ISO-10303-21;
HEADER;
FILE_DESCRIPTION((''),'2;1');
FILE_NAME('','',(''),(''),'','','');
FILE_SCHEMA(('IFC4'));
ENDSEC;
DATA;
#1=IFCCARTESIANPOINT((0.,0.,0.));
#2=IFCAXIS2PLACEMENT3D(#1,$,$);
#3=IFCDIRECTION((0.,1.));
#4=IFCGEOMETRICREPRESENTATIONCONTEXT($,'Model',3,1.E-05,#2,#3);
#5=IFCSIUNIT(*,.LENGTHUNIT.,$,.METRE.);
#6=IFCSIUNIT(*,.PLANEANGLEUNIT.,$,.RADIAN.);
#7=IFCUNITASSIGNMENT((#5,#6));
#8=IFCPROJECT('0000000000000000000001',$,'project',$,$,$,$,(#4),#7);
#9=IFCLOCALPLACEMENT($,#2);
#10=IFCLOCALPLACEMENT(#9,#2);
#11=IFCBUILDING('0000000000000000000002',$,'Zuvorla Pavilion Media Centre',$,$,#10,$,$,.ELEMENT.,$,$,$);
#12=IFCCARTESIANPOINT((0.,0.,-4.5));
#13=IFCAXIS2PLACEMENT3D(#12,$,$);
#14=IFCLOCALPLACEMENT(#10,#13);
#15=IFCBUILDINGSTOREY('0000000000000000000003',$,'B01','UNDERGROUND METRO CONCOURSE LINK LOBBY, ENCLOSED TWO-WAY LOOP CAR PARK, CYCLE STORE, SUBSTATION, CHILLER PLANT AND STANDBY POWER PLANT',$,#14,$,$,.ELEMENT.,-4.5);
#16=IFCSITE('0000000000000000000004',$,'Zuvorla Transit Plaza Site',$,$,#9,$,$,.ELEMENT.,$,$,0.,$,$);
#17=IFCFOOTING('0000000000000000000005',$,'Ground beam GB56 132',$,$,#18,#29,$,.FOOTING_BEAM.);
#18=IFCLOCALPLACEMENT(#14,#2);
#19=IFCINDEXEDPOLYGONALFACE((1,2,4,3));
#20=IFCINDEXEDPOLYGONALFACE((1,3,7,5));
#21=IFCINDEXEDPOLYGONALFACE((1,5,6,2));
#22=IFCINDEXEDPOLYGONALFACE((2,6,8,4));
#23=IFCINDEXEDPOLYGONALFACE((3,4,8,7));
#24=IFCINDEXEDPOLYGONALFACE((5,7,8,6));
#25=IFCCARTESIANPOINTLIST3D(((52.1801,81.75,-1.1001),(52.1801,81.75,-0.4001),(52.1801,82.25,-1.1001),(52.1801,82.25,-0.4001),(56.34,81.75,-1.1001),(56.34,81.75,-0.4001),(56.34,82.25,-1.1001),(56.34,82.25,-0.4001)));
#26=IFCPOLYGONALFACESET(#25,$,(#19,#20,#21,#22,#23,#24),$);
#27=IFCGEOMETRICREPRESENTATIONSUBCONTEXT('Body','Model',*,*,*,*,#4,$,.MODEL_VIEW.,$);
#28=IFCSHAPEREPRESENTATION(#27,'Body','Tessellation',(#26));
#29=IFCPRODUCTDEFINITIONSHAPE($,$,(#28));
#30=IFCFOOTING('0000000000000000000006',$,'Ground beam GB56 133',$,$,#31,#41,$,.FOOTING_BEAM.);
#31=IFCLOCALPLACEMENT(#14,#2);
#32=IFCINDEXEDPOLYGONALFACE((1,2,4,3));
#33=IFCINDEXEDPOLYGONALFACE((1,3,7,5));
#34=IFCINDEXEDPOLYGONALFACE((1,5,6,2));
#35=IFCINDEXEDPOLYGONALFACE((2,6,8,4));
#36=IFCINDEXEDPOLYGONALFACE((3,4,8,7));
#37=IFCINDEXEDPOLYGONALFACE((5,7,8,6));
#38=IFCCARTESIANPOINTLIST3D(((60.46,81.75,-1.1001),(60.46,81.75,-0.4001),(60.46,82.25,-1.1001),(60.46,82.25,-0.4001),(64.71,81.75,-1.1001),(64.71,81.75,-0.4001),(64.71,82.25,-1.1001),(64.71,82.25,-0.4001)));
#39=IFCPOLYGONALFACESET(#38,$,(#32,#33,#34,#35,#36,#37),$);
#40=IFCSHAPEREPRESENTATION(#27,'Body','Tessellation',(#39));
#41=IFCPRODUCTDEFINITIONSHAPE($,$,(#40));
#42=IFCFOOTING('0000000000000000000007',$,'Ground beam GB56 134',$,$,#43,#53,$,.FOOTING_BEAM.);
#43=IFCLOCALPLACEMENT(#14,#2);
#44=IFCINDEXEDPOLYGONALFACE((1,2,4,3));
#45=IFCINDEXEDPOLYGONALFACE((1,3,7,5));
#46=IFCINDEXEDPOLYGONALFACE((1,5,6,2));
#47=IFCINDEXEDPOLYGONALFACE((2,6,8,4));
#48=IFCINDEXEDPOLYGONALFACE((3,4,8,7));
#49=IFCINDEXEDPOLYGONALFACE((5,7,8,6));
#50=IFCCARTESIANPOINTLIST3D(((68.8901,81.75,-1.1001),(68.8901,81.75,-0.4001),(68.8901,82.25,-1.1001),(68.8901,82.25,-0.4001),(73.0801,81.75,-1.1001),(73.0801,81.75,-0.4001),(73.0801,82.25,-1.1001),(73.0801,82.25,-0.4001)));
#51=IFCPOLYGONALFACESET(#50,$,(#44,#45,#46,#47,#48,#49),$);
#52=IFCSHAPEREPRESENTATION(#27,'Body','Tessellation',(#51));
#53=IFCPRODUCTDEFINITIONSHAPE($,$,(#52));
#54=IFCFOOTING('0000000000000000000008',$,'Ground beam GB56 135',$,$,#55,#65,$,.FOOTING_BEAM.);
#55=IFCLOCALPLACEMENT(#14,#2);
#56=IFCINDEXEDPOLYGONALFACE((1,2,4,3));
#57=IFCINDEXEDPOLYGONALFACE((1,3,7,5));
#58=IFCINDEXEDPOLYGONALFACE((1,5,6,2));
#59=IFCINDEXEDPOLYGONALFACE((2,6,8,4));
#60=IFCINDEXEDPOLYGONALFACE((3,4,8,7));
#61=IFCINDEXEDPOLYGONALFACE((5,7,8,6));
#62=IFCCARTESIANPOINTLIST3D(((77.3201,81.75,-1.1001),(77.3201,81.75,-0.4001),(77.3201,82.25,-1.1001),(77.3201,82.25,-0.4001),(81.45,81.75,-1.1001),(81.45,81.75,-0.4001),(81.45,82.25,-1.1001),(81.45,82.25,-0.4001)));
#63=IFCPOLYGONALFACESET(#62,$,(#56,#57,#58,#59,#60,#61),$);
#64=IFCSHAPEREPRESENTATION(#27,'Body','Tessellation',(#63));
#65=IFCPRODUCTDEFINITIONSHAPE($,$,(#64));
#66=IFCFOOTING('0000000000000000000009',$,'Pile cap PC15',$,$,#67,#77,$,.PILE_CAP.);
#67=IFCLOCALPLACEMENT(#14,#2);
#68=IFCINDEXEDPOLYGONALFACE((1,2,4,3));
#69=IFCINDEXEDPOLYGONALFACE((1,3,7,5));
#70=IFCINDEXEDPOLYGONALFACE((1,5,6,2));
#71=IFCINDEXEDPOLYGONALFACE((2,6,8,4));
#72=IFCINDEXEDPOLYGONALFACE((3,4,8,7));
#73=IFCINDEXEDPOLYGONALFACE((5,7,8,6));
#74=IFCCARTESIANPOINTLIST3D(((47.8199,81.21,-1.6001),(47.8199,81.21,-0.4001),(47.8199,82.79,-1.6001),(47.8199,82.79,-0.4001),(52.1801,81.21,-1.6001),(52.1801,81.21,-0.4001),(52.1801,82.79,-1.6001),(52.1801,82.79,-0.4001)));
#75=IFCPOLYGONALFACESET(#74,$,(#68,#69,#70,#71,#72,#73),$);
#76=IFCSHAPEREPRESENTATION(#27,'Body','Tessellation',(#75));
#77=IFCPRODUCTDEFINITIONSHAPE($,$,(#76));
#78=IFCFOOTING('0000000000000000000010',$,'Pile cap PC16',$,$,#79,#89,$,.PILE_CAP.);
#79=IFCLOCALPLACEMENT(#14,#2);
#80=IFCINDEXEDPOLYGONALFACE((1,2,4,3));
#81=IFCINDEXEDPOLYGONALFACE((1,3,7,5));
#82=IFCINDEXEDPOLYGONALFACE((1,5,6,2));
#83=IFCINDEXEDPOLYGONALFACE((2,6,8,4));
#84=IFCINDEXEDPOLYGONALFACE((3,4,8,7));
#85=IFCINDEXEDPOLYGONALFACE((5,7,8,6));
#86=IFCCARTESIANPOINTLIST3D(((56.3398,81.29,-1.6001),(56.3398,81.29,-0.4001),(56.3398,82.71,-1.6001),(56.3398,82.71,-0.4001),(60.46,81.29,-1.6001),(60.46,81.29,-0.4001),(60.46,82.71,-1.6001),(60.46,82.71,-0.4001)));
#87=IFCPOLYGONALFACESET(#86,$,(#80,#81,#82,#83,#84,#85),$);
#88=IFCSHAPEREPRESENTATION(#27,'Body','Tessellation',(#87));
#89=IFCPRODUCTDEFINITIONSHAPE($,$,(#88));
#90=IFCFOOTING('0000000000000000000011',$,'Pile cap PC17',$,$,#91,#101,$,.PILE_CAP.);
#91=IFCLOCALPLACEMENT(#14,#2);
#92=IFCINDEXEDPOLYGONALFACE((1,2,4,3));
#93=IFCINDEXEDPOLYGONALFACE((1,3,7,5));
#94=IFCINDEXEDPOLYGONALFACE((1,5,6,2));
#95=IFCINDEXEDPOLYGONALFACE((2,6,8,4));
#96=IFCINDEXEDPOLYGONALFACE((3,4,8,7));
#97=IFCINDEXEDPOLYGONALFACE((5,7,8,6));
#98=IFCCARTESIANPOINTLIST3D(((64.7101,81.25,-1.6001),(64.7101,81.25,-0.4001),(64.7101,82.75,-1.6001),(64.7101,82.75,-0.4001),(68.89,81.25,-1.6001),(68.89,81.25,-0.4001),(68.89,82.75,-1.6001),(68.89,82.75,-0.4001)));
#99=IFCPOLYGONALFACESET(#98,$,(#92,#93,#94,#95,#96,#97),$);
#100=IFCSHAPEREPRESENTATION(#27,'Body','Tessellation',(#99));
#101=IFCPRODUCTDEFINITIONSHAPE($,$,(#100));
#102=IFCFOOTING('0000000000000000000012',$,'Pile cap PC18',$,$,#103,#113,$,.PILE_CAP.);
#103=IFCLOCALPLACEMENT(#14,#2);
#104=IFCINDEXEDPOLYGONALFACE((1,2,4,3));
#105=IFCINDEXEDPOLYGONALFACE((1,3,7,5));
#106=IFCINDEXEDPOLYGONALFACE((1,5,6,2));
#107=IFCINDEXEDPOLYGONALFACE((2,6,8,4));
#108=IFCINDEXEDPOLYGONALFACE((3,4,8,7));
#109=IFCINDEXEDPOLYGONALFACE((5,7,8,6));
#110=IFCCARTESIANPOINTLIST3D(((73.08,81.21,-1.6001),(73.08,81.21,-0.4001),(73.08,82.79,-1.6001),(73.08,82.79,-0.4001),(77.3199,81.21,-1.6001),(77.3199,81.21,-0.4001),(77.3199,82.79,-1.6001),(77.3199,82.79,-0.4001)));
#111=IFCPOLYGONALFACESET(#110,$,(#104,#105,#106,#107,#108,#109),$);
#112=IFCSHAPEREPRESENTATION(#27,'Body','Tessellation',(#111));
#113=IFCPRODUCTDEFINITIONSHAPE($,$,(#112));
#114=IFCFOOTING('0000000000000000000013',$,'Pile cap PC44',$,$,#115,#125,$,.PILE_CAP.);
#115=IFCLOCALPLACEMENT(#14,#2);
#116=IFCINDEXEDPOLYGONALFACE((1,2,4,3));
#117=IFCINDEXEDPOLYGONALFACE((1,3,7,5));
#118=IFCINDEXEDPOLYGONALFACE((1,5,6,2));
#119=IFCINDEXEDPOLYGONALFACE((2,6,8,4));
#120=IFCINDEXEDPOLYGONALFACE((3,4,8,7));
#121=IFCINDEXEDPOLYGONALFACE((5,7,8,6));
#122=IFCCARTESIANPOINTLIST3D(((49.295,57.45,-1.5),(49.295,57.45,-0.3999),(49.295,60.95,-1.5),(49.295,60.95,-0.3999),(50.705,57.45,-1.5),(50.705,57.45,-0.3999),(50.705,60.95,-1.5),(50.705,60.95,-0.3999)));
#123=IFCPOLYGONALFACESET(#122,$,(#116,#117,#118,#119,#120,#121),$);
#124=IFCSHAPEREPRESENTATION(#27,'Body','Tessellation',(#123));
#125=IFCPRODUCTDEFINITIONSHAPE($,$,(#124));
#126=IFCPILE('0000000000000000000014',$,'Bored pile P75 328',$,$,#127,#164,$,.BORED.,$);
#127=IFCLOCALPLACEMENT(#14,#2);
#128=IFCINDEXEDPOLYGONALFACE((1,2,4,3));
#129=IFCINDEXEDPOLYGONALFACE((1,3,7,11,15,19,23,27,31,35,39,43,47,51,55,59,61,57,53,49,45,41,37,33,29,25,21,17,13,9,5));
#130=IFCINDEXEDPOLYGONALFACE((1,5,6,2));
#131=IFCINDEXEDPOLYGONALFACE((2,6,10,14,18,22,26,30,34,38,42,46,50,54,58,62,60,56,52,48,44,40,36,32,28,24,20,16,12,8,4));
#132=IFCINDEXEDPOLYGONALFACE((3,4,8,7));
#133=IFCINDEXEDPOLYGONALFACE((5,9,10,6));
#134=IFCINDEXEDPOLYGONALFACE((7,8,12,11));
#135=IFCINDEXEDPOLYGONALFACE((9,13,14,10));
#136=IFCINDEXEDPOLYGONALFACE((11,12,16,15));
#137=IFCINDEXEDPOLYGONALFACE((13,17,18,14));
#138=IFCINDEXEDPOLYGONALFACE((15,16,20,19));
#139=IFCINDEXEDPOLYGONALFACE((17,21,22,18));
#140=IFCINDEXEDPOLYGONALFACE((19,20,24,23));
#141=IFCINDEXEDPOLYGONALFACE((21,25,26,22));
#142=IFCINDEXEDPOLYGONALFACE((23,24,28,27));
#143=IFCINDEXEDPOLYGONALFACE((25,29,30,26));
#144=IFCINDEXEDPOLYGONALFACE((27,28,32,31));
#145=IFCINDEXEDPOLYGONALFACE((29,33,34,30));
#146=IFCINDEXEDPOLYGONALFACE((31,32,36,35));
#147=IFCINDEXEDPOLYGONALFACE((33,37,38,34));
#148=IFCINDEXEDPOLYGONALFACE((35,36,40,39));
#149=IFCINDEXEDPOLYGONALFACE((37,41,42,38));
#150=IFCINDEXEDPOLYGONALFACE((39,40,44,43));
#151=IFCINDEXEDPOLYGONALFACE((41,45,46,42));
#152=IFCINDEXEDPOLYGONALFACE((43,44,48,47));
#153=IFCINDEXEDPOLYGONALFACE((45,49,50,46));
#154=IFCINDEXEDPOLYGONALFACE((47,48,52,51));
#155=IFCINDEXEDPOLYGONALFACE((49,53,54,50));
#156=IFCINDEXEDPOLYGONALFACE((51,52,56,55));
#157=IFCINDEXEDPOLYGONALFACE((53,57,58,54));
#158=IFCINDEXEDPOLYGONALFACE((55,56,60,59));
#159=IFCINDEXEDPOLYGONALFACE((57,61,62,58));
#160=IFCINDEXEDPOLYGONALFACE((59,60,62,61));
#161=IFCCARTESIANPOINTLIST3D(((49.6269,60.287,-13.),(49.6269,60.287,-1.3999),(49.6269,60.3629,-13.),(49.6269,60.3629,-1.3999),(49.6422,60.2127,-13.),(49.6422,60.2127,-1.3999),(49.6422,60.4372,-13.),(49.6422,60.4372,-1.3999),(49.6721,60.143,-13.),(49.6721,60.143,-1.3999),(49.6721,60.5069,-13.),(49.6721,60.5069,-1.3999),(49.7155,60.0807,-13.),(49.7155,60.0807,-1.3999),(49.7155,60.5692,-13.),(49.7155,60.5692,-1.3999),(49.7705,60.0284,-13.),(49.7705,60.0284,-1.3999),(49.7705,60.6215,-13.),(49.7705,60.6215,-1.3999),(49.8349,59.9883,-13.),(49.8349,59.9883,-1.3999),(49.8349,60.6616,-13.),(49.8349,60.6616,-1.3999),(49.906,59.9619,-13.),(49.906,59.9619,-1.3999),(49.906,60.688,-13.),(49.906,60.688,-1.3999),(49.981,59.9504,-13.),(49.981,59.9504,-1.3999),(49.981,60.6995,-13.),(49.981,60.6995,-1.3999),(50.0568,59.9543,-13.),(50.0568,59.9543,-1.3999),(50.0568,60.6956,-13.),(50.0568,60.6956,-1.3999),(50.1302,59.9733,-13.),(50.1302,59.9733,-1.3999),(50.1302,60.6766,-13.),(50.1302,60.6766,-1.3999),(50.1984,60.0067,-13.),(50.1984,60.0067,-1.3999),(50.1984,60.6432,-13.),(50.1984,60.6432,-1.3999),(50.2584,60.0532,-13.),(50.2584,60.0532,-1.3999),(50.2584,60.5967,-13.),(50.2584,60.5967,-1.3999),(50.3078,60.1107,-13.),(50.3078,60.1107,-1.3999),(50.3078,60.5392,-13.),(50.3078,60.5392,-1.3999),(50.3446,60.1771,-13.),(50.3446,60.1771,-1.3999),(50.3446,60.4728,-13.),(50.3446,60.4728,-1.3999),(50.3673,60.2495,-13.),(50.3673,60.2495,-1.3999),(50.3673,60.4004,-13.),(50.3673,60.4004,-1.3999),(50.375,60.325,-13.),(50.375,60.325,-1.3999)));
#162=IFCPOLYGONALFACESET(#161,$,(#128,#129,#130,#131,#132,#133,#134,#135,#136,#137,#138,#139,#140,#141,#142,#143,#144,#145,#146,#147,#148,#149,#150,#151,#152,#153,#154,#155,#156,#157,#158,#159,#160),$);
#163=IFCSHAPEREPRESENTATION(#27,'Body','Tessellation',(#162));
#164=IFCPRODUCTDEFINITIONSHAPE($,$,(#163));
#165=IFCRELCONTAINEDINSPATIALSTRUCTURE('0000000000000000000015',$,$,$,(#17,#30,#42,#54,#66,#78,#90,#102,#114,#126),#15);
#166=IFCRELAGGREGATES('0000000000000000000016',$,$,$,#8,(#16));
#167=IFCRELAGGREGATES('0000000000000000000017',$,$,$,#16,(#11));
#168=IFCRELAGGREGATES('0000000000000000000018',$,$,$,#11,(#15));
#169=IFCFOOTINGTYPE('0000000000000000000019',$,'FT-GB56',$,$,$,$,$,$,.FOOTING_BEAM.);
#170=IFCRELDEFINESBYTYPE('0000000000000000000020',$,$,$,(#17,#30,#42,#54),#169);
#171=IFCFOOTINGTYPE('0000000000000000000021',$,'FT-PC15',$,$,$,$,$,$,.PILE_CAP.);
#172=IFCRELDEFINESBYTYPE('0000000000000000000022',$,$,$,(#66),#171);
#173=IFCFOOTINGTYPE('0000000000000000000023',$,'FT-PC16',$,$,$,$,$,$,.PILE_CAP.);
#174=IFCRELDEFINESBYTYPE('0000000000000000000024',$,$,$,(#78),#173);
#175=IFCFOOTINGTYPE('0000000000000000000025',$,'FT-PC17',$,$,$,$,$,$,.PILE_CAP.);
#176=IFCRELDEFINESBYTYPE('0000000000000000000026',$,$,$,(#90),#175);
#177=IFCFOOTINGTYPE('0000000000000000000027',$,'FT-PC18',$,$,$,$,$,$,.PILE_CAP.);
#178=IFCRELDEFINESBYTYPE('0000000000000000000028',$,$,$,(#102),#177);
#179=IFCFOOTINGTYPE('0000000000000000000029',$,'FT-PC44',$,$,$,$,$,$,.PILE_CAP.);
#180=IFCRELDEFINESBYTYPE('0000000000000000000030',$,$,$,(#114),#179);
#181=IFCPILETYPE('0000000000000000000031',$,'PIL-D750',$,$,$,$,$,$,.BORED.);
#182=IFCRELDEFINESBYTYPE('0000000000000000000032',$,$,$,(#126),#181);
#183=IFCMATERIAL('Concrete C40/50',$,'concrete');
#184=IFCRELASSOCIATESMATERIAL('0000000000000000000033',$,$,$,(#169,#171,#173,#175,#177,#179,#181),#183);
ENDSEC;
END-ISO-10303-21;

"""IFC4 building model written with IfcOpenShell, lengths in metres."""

from ifc_helpers import new_model, si_unit, direction, frame, origin, origin_2d, place, context, subcontext, project, spatial, rectangle, circle, extrude, material, material_profile, profile_set, type_object, element, save


model = new_model("IFC4")

# Units and contexts
model_context = context("Model", 3, precision=1e-05, world=origin(), true_north=direction((0.0, 1.0)))
body_context = subcontext(model_context, "Body", "Model", "MODEL_VIEW")
ifc_project = project(units=[si_unit("LENGTHUNIT", "METRE"), si_unit("PLANEANGLEUNIT", "RADIAN")], contexts=[model_context])

# Site, building, storey
site_placement = place(None, origin())
site = spatial("IfcSite", under=ifc_project, at=site_placement, Name="Zuvorla Transit Plaza Site", CompositionType="ELEMENT", RefElevation=0.0)
building_placement = place(site_placement, origin())
building = spatial("IfcBuilding", under=site, at=building_placement, Name="Zuvorla Pavilion Media Centre", CompositionType="ELEMENT")
storey_placement = place(building_placement, frame((0.0, 0.0, -4.5)))
storey = spatial("IfcBuildingStorey", under=building, at=storey_placement, Name="B01", Description="UNDERGROUND METRO CONCOURSE LINK LOBBY, ENCLOSED TWO-WAY LOOP CAR PARK, CYCLE STORE, SUBSTATION, CHILLER PLANT AND STANDBY POWER PLANT", CompositionType="ELEMENT", Elevation=-4.5)

# Footings
ifc_material = material(Name="Concrete C40/50", Category="concrete")
footing_type_1 = type_object("IfcFootingType", Name="FT-GB56", PredefinedType="FOOTING_BEAM", material=ifc_material)
footing_1_placement = place(storey_placement, frame((54.26, 82.0, -1.1001), z_axis=(0.0, 0.0, 1.0), x_axis=(1.0, 0.0, 0.0)))
element("IfcFooting", 1, at=footing_1_placement, inside=storey, type_object=footing_type_1, Name="Ground beam GB56 132", PredefinedType="FOOTING_BEAM", context=body_context, shape_type="SweptSolid", body=[
    extrude(rectangle(XDim=4.1599, YDim=0.5, at=origin_2d()), origin(), (0.0, 0.0, 1.0), 0.7),
])
footing_2_placement = place(storey_placement, frame((62.585, 82.0, -1.1001), z_axis=(0.0, 0.0, 1.0), x_axis=(1.0, 0.0, 0.0)))
element("IfcFooting", 2, at=footing_2_placement, inside=storey, type_object=footing_type_1, Name="Ground beam GB56 133", PredefinedType="FOOTING_BEAM", context=body_context, shape_type="SweptSolid", body=[
    extrude(rectangle(XDim=4.25, YDim=0.5, at=origin_2d()), origin(), (0.0, 0.0, 1.0), 0.7),
])
footing_3_placement = place(storey_placement, frame((70.9851, 82.0, -1.1001), z_axis=(0.0, 0.0, 1.0), x_axis=(1.0, 0.0, 0.0)))
element("IfcFooting", 3, at=footing_3_placement, inside=storey, type_object=footing_type_1, Name="Ground beam GB56 134", PredefinedType="FOOTING_BEAM", context=body_context, shape_type="SweptSolid", body=[
    extrude(rectangle(XDim=4.1899, YDim=0.5, at=origin_2d()), origin(), (0.0, 0.0, 1.0), 0.7),
])
footing_4_placement = place(storey_placement, frame((79.385, 82.0, -1.1001), z_axis=(0.0, 0.0, 1.0), x_axis=(1.0, 0.0, 0.0)))
element("IfcFooting", 4, at=footing_4_placement, inside=storey, type_object=footing_type_1, Name="Ground beam GB56 135", PredefinedType="FOOTING_BEAM", context=body_context, shape_type="SweptSolid", body=[
    extrude(rectangle(XDim=4.1299, YDim=0.5, at=origin_2d()), origin(), (0.0, 0.0, 1.0), 0.7),
])
footing_type_2 = type_object("IfcFootingType", Name="FT-PC15", PredefinedType="PILE_CAP", material=ifc_material)
footing_5_placement = place(storey_placement, frame((50.0, 82.0, -1.6001), z_axis=(0.0, 0.0, 1.0), x_axis=(1.0, 0.0, 0.0)))
element("IfcFooting", 5, at=footing_5_placement, inside=storey, type_object=footing_type_2, Name="Pile cap PC15", PredefinedType="PILE_CAP", context=body_context, shape_type="SweptSolid", body=[
    extrude(rectangle(XDim=4.3601, YDim=1.5801, at=origin_2d()), origin(), (0.0, 0.0, 1.0), 1.2),
])
footing_type_3 = type_object("IfcFootingType", Name="FT-PC16", PredefinedType="PILE_CAP", material=ifc_material)
footing_6_placement = place(storey_placement, frame((58.3999, 82.0, -1.6001), z_axis=(0.0, 0.0, 1.0), x_axis=(1.0, 0.0, 0.0)))
element("IfcFooting", 6, at=footing_6_placement, inside=storey, type_object=footing_type_3, Name="Pile cap PC16", PredefinedType="PILE_CAP", context=body_context, shape_type="SweptSolid", body=[
    extrude(rectangle(XDim=4.1201, YDim=1.4199, at=origin_2d()), origin(), (0.0, 0.0, 1.0), 1.2),
])
footing_type_4 = type_object("IfcFootingType", Name="FT-PC17", PredefinedType="PILE_CAP", material=ifc_material)
footing_7_placement = place(storey_placement, frame((66.8, 82.0, -1.6001), z_axis=(0.0, 0.0, 1.0), x_axis=(1.0, 0.0, 0.0)))
element("IfcFooting", 7, at=footing_7_placement, inside=storey, type_object=footing_type_4, Name="Pile cap PC17", PredefinedType="PILE_CAP", context=body_context, shape_type="SweptSolid", body=[
    extrude(rectangle(XDim=4.1799, YDim=1.5, at=origin_2d()), origin(), (0.0, 0.0, 1.0), 1.2),
])
footing_type_5 = type_object("IfcFootingType", Name="FT-PC18", PredefinedType="PILE_CAP", material=ifc_material)
footing_8_placement = place(storey_placement, frame((75.2, 82.0, -1.6001), z_axis=(0.0, 0.0, 1.0), x_axis=(1.0, 0.0, 0.0)))
element("IfcFooting", 8, at=footing_8_placement, inside=storey, type_object=footing_type_5, Name="Pile cap PC18", PredefinedType="PILE_CAP", context=body_context, shape_type="SweptSolid", body=[
    extrude(rectangle(XDim=4.24, YDim=1.5801, at=origin_2d()), origin(), (0.0, 0.0, 1.0), 1.2),
])
footing_type_6 = type_object("IfcFootingType", Name="FT-PC44", PredefinedType="PILE_CAP", material=ifc_material)
footing_9_placement = place(storey_placement, frame((50.0, 59.2, -1.5), z_axis=(0.0, 0.0, 1.0), x_axis=(1.0, 0.0, 0.0)))
element("IfcFooting", 9, at=footing_9_placement, inside=storey, type_object=footing_type_6, Name="Pile cap PC44", PredefinedType="PILE_CAP", context=body_context, shape_type="SweptSolid", body=[
    extrude(rectangle(XDim=1.4099, YDim=3.5, at=origin_2d()), origin(), (0.0, 0.0, 1.0), 1.1001),
])

# Pile
ifc_material_profile_1 = material_profile(ifc_material, circle(Radius=0.375, at=origin_2d()), Name="BORED PILE 750")
ifc_profile_set_1 = profile_set([ifc_material_profile_1], Name="Concrete C40/50")
pile_type_1 = type_object("IfcPileType", Name="PIL-D750", PredefinedType="BORED", material=ifc_profile_set_1)
pile_placement = place(storey_placement, frame((50.0, 60.325, -1.3999), z_axis=(0.0, 0.0, -1.0), x_axis=(1.0, 0.0, 0.0)))
element("IfcPile", 10, at=pile_placement, inside=storey, type_object=pile_type_1, Name="Bored pile P75 328", PredefinedType="BORED", context=body_context, shape_type="SweptSolid", body=[
    extrude(circle(Radius=0.375, at=origin_2d()), origin(), (0.0, 0.0, 1.0), 11.6001),
])

save(model, "model.ifc")
